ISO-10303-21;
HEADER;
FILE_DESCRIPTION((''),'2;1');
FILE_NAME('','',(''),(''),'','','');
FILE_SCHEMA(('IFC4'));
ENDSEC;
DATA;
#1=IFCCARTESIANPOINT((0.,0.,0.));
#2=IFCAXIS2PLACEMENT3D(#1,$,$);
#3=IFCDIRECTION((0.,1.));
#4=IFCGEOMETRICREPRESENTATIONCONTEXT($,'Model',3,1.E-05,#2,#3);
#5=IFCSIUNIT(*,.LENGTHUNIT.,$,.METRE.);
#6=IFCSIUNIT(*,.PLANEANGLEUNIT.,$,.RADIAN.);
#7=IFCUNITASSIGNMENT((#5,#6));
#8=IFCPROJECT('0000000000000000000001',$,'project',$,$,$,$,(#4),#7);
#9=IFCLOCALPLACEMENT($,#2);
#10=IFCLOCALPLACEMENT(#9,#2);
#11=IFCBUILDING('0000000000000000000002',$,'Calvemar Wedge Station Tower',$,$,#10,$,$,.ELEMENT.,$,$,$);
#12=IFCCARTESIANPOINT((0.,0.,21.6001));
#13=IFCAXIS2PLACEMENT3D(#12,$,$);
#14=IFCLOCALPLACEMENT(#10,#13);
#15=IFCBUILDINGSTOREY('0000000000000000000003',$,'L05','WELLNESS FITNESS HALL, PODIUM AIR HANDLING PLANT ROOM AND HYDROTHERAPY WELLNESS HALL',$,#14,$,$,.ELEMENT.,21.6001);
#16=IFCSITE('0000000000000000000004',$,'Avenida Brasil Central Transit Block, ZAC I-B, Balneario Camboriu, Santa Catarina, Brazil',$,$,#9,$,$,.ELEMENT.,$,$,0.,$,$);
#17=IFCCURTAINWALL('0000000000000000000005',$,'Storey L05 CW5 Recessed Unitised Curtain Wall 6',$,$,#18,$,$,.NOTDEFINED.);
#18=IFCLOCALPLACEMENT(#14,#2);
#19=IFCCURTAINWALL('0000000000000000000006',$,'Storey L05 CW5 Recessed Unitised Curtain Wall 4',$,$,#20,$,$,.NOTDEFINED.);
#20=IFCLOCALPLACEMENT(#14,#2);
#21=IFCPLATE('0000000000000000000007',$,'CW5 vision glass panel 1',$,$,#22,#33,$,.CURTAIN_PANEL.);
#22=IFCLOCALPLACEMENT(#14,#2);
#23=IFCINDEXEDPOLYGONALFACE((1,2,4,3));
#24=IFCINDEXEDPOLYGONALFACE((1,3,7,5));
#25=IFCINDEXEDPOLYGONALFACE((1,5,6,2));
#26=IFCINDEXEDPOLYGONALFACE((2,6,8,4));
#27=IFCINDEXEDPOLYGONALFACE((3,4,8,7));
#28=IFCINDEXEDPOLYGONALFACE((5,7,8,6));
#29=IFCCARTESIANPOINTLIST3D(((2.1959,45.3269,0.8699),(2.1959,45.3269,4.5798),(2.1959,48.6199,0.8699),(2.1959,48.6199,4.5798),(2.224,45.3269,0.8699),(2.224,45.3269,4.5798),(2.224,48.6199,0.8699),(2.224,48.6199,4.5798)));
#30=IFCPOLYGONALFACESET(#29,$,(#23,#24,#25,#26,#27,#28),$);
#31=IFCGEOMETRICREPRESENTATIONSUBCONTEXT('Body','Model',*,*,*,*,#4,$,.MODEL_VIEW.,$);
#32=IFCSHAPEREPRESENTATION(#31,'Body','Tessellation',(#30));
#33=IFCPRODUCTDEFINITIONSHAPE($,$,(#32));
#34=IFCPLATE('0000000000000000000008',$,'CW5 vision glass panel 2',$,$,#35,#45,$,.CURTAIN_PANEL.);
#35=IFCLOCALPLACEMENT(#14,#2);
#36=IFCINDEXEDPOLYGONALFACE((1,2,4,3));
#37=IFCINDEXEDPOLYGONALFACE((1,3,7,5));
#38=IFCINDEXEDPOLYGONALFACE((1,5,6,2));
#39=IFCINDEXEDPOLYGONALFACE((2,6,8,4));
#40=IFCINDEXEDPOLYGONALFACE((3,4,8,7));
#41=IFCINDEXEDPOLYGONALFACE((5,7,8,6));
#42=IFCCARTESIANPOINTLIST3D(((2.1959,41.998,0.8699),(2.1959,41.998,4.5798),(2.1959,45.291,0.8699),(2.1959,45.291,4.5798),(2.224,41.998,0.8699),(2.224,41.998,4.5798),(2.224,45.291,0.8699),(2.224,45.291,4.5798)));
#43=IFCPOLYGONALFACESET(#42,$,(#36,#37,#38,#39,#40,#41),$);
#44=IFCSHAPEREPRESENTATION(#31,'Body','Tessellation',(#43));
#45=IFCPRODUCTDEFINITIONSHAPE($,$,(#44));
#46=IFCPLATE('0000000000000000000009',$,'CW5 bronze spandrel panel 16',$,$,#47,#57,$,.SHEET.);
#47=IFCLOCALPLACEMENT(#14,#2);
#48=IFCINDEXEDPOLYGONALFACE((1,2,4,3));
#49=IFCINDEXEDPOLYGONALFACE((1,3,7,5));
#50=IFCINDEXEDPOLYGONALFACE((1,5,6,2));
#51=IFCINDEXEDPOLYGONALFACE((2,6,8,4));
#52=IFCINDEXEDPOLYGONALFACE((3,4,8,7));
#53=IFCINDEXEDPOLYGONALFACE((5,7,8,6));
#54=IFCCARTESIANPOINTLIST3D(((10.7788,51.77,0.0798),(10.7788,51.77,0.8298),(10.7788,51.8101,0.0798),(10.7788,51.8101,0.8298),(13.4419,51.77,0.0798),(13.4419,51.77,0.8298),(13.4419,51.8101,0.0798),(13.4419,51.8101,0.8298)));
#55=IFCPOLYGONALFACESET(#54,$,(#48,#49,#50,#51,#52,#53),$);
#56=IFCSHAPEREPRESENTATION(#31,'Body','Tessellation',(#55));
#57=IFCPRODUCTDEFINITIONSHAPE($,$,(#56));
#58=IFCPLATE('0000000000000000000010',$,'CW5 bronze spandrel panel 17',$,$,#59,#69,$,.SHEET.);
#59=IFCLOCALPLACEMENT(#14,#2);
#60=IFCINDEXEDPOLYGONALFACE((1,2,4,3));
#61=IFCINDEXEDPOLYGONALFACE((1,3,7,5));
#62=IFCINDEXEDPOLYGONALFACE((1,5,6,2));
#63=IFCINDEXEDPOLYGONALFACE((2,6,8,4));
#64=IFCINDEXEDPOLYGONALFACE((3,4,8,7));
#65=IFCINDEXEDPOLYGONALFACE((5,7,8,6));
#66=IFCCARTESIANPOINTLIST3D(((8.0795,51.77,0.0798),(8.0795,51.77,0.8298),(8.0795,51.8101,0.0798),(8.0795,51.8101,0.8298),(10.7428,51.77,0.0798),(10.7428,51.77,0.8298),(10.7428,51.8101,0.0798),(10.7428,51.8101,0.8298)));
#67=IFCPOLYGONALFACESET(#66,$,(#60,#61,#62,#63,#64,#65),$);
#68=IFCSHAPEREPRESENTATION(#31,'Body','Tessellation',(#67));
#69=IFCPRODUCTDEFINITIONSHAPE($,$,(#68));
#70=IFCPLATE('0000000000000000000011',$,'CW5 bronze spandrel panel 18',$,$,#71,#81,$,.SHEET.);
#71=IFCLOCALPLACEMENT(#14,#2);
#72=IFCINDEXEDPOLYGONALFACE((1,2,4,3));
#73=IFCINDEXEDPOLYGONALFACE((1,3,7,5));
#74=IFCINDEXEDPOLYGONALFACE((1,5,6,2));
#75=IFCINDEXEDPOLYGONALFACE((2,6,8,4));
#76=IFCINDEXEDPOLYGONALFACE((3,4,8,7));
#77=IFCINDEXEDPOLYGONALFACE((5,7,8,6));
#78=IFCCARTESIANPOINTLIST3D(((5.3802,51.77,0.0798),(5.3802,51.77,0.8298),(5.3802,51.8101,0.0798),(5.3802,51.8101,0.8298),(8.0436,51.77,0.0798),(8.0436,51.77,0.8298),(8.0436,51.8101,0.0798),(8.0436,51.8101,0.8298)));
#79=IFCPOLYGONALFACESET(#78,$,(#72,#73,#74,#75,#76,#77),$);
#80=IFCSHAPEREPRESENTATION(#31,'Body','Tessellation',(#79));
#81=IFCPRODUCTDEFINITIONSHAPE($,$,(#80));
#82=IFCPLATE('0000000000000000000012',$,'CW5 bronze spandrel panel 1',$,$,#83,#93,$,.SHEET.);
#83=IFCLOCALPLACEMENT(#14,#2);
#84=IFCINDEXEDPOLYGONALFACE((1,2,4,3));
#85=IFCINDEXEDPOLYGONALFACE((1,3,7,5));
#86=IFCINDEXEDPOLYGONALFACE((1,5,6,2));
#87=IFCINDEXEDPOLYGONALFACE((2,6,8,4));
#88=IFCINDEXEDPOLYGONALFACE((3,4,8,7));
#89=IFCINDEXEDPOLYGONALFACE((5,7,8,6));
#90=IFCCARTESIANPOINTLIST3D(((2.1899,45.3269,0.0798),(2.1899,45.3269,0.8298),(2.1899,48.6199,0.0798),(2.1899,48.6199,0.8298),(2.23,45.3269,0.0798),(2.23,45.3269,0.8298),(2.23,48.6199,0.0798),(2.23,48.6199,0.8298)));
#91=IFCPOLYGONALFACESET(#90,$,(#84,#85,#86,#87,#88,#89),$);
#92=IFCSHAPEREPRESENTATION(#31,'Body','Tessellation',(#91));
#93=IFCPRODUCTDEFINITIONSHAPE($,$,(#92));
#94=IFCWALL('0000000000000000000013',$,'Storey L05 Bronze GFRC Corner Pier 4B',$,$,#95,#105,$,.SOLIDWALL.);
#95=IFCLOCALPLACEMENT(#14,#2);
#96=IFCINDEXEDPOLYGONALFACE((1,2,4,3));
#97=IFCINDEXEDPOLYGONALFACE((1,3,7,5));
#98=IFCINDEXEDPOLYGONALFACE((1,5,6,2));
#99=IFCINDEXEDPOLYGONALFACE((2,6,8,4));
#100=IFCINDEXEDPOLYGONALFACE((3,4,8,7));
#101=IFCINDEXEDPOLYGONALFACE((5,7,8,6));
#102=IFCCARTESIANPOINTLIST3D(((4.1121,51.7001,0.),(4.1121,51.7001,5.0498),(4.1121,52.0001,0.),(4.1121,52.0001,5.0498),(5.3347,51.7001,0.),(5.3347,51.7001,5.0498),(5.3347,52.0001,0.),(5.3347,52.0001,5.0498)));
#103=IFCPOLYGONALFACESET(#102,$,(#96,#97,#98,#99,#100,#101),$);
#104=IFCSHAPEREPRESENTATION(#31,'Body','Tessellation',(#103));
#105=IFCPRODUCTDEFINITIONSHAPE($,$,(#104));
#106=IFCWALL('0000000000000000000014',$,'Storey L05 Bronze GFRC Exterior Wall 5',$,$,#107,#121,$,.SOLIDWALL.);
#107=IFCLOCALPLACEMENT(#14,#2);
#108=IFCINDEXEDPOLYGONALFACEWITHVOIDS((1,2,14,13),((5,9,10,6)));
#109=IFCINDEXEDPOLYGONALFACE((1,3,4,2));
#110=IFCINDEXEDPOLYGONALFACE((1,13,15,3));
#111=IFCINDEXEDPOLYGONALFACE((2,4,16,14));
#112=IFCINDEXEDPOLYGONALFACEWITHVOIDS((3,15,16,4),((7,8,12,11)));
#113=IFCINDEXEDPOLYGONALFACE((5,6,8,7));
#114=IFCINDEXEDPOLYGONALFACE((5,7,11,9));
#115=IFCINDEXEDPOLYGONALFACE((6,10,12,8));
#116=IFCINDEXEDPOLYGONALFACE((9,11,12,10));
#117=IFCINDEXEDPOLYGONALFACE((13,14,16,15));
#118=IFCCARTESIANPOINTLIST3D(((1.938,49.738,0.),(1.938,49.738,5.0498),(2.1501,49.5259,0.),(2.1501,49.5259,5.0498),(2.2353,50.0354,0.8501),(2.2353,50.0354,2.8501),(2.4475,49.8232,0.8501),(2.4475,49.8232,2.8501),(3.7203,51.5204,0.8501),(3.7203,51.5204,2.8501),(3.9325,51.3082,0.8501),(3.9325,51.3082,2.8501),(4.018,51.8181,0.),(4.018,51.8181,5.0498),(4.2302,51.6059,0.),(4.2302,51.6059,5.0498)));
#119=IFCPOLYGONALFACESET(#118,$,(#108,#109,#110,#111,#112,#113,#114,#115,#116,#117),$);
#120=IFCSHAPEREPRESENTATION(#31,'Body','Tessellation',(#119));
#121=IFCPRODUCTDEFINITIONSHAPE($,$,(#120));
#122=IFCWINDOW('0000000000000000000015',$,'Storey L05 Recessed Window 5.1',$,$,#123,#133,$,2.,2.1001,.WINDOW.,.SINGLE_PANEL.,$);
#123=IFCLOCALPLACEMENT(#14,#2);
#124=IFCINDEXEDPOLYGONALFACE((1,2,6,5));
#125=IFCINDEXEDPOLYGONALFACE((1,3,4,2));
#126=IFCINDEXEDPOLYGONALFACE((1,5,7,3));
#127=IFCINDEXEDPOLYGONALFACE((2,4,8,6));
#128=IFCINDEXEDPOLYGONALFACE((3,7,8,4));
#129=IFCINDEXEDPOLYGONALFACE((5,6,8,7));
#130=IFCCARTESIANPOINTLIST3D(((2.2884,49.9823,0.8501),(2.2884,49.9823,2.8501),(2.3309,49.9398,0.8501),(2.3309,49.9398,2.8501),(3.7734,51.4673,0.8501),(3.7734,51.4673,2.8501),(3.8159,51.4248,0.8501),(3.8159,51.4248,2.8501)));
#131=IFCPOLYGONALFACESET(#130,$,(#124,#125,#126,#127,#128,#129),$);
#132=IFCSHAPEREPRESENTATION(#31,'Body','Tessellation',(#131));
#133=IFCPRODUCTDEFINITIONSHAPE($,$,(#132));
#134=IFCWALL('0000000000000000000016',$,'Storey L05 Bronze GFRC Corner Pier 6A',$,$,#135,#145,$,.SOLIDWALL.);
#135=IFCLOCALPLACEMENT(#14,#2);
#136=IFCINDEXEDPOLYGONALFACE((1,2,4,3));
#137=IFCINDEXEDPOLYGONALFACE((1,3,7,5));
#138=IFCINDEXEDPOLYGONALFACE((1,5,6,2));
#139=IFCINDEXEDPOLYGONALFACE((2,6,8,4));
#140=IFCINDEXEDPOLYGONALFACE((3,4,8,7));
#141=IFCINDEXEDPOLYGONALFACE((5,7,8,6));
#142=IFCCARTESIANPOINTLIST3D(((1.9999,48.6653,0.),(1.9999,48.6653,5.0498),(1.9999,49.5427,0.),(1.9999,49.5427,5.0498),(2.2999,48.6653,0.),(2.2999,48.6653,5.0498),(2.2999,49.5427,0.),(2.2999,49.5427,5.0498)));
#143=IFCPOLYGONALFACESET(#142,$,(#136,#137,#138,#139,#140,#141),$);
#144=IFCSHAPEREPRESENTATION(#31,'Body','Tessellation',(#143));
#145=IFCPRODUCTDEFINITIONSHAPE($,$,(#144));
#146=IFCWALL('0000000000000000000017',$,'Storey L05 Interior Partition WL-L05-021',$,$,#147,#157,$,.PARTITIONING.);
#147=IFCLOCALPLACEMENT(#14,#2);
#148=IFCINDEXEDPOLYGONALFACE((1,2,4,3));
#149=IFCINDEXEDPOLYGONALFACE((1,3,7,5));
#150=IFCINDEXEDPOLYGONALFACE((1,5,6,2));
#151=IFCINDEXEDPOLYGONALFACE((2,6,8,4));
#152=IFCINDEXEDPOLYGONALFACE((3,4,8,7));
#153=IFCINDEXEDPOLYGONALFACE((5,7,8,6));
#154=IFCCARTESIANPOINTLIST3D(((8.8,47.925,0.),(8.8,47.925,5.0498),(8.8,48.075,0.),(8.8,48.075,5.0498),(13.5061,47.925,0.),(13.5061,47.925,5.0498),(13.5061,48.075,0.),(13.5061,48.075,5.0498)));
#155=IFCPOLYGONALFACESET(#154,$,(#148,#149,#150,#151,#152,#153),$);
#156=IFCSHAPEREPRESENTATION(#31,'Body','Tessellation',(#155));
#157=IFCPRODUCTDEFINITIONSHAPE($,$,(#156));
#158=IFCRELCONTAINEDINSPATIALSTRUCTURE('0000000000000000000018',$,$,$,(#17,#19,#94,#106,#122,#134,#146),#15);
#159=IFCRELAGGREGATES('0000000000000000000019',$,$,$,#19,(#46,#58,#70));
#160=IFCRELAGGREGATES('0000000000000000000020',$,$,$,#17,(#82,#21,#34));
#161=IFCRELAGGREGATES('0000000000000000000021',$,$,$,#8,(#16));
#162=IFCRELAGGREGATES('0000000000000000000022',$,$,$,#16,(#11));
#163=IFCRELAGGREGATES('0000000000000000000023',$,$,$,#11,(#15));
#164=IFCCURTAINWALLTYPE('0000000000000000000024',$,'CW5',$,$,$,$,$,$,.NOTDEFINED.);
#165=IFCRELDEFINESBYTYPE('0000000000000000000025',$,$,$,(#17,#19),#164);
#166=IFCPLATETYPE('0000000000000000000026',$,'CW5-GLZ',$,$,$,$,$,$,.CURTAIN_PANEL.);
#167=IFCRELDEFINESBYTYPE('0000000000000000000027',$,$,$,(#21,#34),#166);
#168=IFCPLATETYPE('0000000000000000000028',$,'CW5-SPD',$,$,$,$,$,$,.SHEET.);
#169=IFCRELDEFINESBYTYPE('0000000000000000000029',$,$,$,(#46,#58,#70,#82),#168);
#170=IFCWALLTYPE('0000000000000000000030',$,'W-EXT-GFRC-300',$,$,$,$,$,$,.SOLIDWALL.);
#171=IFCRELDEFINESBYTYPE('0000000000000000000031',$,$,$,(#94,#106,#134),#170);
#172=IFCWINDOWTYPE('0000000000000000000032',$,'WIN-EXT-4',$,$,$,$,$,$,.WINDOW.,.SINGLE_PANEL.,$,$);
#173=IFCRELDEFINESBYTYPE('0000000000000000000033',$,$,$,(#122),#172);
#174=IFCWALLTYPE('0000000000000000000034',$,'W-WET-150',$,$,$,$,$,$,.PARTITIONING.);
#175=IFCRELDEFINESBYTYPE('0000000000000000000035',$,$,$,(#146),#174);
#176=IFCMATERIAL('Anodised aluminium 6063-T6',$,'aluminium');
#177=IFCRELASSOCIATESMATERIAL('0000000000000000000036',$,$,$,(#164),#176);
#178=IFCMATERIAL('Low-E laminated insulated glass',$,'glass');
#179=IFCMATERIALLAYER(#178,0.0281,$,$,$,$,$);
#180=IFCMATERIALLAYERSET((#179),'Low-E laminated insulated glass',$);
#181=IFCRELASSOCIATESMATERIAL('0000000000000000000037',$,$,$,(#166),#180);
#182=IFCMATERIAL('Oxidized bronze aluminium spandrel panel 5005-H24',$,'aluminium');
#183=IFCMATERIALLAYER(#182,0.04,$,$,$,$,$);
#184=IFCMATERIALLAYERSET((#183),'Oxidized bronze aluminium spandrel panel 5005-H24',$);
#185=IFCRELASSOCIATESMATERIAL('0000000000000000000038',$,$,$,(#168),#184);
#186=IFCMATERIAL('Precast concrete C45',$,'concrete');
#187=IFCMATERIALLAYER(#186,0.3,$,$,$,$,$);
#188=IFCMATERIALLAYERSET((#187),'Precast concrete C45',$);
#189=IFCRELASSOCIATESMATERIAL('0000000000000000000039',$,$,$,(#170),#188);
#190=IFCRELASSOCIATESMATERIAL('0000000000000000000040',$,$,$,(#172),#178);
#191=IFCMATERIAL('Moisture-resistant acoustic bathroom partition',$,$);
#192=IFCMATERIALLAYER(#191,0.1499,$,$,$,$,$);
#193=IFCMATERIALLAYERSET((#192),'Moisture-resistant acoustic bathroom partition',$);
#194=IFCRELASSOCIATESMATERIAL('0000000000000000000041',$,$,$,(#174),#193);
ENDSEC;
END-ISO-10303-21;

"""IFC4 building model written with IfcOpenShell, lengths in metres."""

from ifc_helpers import new_model, si_unit, direction, frame, frame_2d, origin, place, context, subcontext, project, spatial, rectangle, extrude, source, transform, mapped, material, layer, layer_set, type_object, element, fill, aggregate, save


model = new_model("IFC4")

# Units and contexts
model_context = context("Model", 3, precision=1e-05, world=origin(), true_north=direction((0.0, 1.0)))
body_context = subcontext(model_context, "Body", "Model", "MODEL_VIEW")
ifc_project = project(units=[si_unit("LENGTHUNIT", "METRE"), si_unit("PLANEANGLEUNIT", "RADIAN")], contexts=[model_context])

# Site, building, storey
site_placement = place(None, origin())
site = spatial("IfcSite", under=ifc_project, at=site_placement, Name="Avenida Brasil Central Transit Block, ZAC I-B, Balneario Camboriu, Santa Catarina, Brazil", CompositionType="ELEMENT", RefElevation=0.0)
building_placement = place(site_placement, origin())
building = spatial("IfcBuilding", under=site, at=building_placement, Name="Calvemar Wedge Station Tower", CompositionType="ELEMENT")
storey_placement = place(building_placement, frame((0.0, 0.0, 21.6001)))
storey = spatial("IfcBuildingStorey", under=building, at=storey_placement, Name="L05", Description="WELLNESS FITNESS HALL, PODIUM AIR HANDLING PLANT ROOM AND HYDROTHERAPY WELLNESS HALL", CompositionType="ELEMENT", Elevation=21.6001)

# Curtain walls
ifc_material_1 = material(Name="Anodised aluminium 6063-T6", Category="aluminium")
curtain_wall_type = type_object("IfcCurtainWallType", Name="CW5", PredefinedType="NOTDEFINED", material=ifc_material_1)
curtain_wall_1_placement = place(storey_placement, origin())
curtain_wall_1 = element("IfcCurtainWall", 1, at=curtain_wall_1_placement, inside=storey, type_object=curtain_wall_type, Name="Storey L05 CW5 Recessed Unitised Curtain Wall 6", PredefinedType="NOTDEFINED")
curtain_wall_2_placement = place(storey_placement, origin())
curtain_wall_2 = element("IfcCurtainWall", 2, at=curtain_wall_2_placement, inside=storey, type_object=curtain_wall_type, Name="Storey L05 CW5 Recessed Unitised Curtain Wall 4", PredefinedType="NOTDEFINED")

# Plates
ifc_material_2 = material(Name="Low-E laminated insulated glass", Category="glass")
ifc_layer_1 = layer(ifc_material_2, 0.0281)
ifc_layer_set_1 = layer_set([ifc_layer_1], Name="Low-E laminated insulated glass")
plate_type_1 = type_object("IfcPlateType", Name="CW5-GLZ", PredefinedType="CURTAIN_PANEL", material=ifc_layer_set_1)
plate_1_placement = place(storey_placement, frame((2.21, 48.6199, 0.8699), z_axis=(0.0, 0.0, 1.0), x_axis=(0.0, -1.0, 0.0)))
plate_1 = element("IfcPlate", 3, at=plate_1_placement, type_object=plate_type_1, Name="CW5 vision glass panel 1", PredefinedType="CURTAIN_PANEL", context=body_context, shape_type="SweptSolid", body=[
    extrude(rectangle(XDim=3.293, YDim=0.0281, at=frame_2d((1.6465, 0.0))), origin(), (0.0, 0.0, 1.0), 3.71),
])
plate_2_placement = place(storey_placement, frame((2.21, 45.291, 0.8699), z_axis=(0.0, 0.0, 1.0), x_axis=(0.0, -1.0, 0.0)))
plate_2 = element("IfcPlate", 4, at=plate_2_placement, type_object=plate_type_1, Name="CW5 vision glass panel 2", PredefinedType="CURTAIN_PANEL", context=body_context, shape_type="SweptSolid", body=[
    extrude(rectangle(XDim=3.293, YDim=0.0281, at=frame_2d((1.6465, 0.0))), origin(), (0.0, 0.0, 1.0), 3.71),
])
ifc_material_3 = material(Name="Oxidized bronze aluminium spandrel panel 5005-H24", Category="aluminium")
ifc_layer_2 = layer(ifc_material_3, 0.04)
ifc_layer_set_2 = layer_set([ifc_layer_2], Name="Oxidized bronze aluminium spandrel panel 5005-H24")
plate_type_2 = type_object("IfcPlateType", Name="CW5-SPD", PredefinedType="SHEET", material=ifc_layer_set_2)
plate_3_placement = place(storey_placement, frame((13.4419, 51.79, 0.0798), z_axis=(0.0, 0.0, 1.0), x_axis=(-1.0, 0.0, 0.0)))
plate_3 = element("IfcPlate", 5, at=plate_3_placement, type_object=plate_type_2, Name="CW5 bronze spandrel panel 16", PredefinedType="SHEET", context=body_context, shape_type="SweptSolid", body=[
    extrude(rectangle(XDim=2.6631, YDim=0.04, at=frame_2d((1.3315, 0.0))), origin(), (0.0, 0.0, 1.0), 0.75),
])
plate_4_placement = place(storey_placement, frame((10.7427, 51.79, 0.0798), z_axis=(0.0, 0.0, 1.0), x_axis=(-1.0, 0.0, 0.0)))
plate_4 = element("IfcPlate", 6, at=plate_4_placement, type_object=plate_type_2, Name="CW5 bronze spandrel panel 17", PredefinedType="SHEET", context=body_context, shape_type="SweptSolid", body=[
    extrude(rectangle(XDim=2.6633, YDim=0.04, at=frame_2d((1.3315, 0.0))), origin(), (0.0, 0.0, 1.0), 0.75),
])
plate_5_placement = place(storey_placement, frame((8.0435, 51.79, 0.0798), z_axis=(0.0, 0.0, 1.0), x_axis=(-1.0, 0.0, 0.0)))
plate_5 = element("IfcPlate", 7, at=plate_5_placement, type_object=plate_type_2, Name="CW5 bronze spandrel panel 18", PredefinedType="SHEET", context=body_context, shape_type="SweptSolid", body=[
    extrude(rectangle(XDim=2.6633, YDim=0.04, at=frame_2d((1.3315, 0.0))), origin(), (0.0, 0.0, 1.0), 0.75),
])
aggregate(curtain_wall_2, [plate_3, plate_4, plate_5])
plate_6_placement = place(storey_placement, frame((2.21, 48.6199, 0.0798), z_axis=(0.0, 0.0, 1.0), x_axis=(0.0, -1.0, 0.0)))
plate_6 = element("IfcPlate", 8, at=plate_6_placement, type_object=plate_type_2, Name="CW5 bronze spandrel panel 1", PredefinedType="SHEET", context=body_context, shape_type="SweptSolid", body=[
    extrude(rectangle(XDim=3.293, YDim=0.04, at=frame_2d((1.6465, 0.0))), origin(), (0.0, 0.0, 1.0), 0.75),
])
aggregate(curtain_wall_1, [plate_6, plate_1, plate_2])

# Wall
ifc_material_4 = material(Name="Precast concrete C45", Category="concrete")
ifc_layer_3 = layer(ifc_material_4, 0.3)
ifc_layer_set_3 = layer_set([ifc_layer_3], Name="Precast concrete C45")
wall_type_1 = type_object("IfcWallType", Name="W-EXT-GFRC-300", PredefinedType="SOLIDWALL", material=ifc_layer_set_3)
wall_1_placement = place(storey_placement, frame((5.3347, 51.8501, 0.0), z_axis=(0.0, 0.0, 1.0), x_axis=(-1.0, 0.0, 0.0)))
element("IfcWall", 9, at=wall_1_placement, inside=storey, type_object=wall_type_1, Name="Storey L05 Bronze GFRC Corner Pier 4B", PredefinedType="SOLIDWALL", context=body_context, shape_type="SweptSolid", body=[
    extrude(rectangle(XDim=1.2227, YDim=0.3, at=frame_2d((0.6113, 0.0))), origin(), (0.0, 0.0, 1.0), 5.0498),
])

# Wall, opening, window
wall_2_placement = place(storey_placement, frame((4.124, 51.7119, 0.0), z_axis=(0.0, 0.0, 1.0), x_axis=(-0.707107, -0.707107, 0.0)))
wall_2 = element("IfcWall", 10, at=wall_2_placement, inside=storey, type_object=wall_type_1, Name="Storey L05 Bronze GFRC Exterior Wall 5", PredefinedType="SOLIDWALL", context=body_context, shape_type="SweptSolid", body=[
    extrude(rectangle(XDim=2.9417, YDim=0.3, at=frame_2d((1.4707, 0.0))), origin(), (0.0, 0.0, 1.0), 5.0498),
])
shared_shape_1 = source(origin(), body_context, "Body", "SweptSolid", [
    extrude(rectangle(XDim=2.1001, YDim=2.0, at=frame_2d((1.05, 1.0))), frame((0.0, 0.1602, 0.0), z_axis=(0.0, -1.0, 0.0), x_axis=(1.0, 0.0, 0.0)), (0.0, 0.0, 1.0), 0.3201),
])
opening_placement = place(wall_2_placement, frame((0.4209, 0.0, 0.8501)))
opening = element("IfcOpeningElement", 11, at=opening_placement, cuts=wall_2, PredefinedType="OPENING", context=body_context, shape_type="MappedRepresentation", body=[
    mapped(shared_shape_1, transform((0.0, 0.0, 0.0), scale=1.0)),
])
window_type = type_object("IfcWindowType", Name="WIN-EXT-4", PartitioningType="SINGLE_PANEL", PredefinedType="WINDOW", material=ifc_material_2)
shared_shape_2 = source(origin(), body_context, "Body", "SweptSolid", [
    extrude(rectangle(XDim=2.1001, YDim=2.0, at=frame_2d((1.05, 1.0))), frame((0.0, -0.0149, 0.0), z_axis=(0.0, -1.0, 0.0), x_axis=(1.0, 0.0, 0.0)), (0.0, 0.0, 1.0), 0.0601),
])
window_placement = place(opening_placement, origin())
window = element("IfcWindow", 12, at=window_placement, inside=storey, type_object=window_type, Name="Storey L05 Recessed Window 5.1", OverallHeight=2.0, OverallWidth=2.1001, PartitioningType="SINGLE_PANEL", PredefinedType="WINDOW", context=body_context, shape_type="MappedRepresentation", body=[
    mapped(shared_shape_2, transform((0.0, 0.0, 0.0), scale=1.0)),
])
fill(opening, window)

# Walls
wall_3_placement = place(storey_placement, frame((2.1499, 49.5427, 0.0), z_axis=(0.0, 0.0, 1.0), x_axis=(0.0, -1.0, 0.0)))
element("IfcWall", 13, at=wall_3_placement, inside=storey, type_object=wall_type_1, Name="Storey L05 Bronze GFRC Corner Pier 6A", PredefinedType="SOLIDWALL", context=body_context, shape_type="SweptSolid", body=[
    extrude(rectangle(XDim=0.8774, YDim=0.3, at=frame_2d((0.4387, 0.0))), origin(), (0.0, 0.0, 1.0), 5.0498),
])
ifc_material_5 = material(Name="Moisture-resistant acoustic bathroom partition")
ifc_layer_4 = layer(ifc_material_5, 0.1499)
ifc_layer_set_4 = layer_set([ifc_layer_4], Name="Moisture-resistant acoustic bathroom partition")
wall_type_2 = type_object("IfcWallType", Name="W-WET-150", PredefinedType="PARTITIONING", material=ifc_layer_set_4)
wall_4_placement = place(storey_placement, frame((8.8, 48.0, 0.0), z_axis=(0.0, 0.0, 1.0), x_axis=(1.0, 0.0, 0.0)))
element("IfcWall", 14, at=wall_4_placement, inside=storey, type_object=wall_type_2, Name="Storey L05 Interior Partition WL-L05-021", PredefinedType="PARTITIONING", context=body_context, shape_type="SweptSolid", body=[
    extrude(rectangle(XDim=4.7061, YDim=0.1499, at=frame_2d((2.353, 0.0))), origin(), (0.0, 0.0, 1.0), 5.0498),
])

save(model, "model.ifc")
